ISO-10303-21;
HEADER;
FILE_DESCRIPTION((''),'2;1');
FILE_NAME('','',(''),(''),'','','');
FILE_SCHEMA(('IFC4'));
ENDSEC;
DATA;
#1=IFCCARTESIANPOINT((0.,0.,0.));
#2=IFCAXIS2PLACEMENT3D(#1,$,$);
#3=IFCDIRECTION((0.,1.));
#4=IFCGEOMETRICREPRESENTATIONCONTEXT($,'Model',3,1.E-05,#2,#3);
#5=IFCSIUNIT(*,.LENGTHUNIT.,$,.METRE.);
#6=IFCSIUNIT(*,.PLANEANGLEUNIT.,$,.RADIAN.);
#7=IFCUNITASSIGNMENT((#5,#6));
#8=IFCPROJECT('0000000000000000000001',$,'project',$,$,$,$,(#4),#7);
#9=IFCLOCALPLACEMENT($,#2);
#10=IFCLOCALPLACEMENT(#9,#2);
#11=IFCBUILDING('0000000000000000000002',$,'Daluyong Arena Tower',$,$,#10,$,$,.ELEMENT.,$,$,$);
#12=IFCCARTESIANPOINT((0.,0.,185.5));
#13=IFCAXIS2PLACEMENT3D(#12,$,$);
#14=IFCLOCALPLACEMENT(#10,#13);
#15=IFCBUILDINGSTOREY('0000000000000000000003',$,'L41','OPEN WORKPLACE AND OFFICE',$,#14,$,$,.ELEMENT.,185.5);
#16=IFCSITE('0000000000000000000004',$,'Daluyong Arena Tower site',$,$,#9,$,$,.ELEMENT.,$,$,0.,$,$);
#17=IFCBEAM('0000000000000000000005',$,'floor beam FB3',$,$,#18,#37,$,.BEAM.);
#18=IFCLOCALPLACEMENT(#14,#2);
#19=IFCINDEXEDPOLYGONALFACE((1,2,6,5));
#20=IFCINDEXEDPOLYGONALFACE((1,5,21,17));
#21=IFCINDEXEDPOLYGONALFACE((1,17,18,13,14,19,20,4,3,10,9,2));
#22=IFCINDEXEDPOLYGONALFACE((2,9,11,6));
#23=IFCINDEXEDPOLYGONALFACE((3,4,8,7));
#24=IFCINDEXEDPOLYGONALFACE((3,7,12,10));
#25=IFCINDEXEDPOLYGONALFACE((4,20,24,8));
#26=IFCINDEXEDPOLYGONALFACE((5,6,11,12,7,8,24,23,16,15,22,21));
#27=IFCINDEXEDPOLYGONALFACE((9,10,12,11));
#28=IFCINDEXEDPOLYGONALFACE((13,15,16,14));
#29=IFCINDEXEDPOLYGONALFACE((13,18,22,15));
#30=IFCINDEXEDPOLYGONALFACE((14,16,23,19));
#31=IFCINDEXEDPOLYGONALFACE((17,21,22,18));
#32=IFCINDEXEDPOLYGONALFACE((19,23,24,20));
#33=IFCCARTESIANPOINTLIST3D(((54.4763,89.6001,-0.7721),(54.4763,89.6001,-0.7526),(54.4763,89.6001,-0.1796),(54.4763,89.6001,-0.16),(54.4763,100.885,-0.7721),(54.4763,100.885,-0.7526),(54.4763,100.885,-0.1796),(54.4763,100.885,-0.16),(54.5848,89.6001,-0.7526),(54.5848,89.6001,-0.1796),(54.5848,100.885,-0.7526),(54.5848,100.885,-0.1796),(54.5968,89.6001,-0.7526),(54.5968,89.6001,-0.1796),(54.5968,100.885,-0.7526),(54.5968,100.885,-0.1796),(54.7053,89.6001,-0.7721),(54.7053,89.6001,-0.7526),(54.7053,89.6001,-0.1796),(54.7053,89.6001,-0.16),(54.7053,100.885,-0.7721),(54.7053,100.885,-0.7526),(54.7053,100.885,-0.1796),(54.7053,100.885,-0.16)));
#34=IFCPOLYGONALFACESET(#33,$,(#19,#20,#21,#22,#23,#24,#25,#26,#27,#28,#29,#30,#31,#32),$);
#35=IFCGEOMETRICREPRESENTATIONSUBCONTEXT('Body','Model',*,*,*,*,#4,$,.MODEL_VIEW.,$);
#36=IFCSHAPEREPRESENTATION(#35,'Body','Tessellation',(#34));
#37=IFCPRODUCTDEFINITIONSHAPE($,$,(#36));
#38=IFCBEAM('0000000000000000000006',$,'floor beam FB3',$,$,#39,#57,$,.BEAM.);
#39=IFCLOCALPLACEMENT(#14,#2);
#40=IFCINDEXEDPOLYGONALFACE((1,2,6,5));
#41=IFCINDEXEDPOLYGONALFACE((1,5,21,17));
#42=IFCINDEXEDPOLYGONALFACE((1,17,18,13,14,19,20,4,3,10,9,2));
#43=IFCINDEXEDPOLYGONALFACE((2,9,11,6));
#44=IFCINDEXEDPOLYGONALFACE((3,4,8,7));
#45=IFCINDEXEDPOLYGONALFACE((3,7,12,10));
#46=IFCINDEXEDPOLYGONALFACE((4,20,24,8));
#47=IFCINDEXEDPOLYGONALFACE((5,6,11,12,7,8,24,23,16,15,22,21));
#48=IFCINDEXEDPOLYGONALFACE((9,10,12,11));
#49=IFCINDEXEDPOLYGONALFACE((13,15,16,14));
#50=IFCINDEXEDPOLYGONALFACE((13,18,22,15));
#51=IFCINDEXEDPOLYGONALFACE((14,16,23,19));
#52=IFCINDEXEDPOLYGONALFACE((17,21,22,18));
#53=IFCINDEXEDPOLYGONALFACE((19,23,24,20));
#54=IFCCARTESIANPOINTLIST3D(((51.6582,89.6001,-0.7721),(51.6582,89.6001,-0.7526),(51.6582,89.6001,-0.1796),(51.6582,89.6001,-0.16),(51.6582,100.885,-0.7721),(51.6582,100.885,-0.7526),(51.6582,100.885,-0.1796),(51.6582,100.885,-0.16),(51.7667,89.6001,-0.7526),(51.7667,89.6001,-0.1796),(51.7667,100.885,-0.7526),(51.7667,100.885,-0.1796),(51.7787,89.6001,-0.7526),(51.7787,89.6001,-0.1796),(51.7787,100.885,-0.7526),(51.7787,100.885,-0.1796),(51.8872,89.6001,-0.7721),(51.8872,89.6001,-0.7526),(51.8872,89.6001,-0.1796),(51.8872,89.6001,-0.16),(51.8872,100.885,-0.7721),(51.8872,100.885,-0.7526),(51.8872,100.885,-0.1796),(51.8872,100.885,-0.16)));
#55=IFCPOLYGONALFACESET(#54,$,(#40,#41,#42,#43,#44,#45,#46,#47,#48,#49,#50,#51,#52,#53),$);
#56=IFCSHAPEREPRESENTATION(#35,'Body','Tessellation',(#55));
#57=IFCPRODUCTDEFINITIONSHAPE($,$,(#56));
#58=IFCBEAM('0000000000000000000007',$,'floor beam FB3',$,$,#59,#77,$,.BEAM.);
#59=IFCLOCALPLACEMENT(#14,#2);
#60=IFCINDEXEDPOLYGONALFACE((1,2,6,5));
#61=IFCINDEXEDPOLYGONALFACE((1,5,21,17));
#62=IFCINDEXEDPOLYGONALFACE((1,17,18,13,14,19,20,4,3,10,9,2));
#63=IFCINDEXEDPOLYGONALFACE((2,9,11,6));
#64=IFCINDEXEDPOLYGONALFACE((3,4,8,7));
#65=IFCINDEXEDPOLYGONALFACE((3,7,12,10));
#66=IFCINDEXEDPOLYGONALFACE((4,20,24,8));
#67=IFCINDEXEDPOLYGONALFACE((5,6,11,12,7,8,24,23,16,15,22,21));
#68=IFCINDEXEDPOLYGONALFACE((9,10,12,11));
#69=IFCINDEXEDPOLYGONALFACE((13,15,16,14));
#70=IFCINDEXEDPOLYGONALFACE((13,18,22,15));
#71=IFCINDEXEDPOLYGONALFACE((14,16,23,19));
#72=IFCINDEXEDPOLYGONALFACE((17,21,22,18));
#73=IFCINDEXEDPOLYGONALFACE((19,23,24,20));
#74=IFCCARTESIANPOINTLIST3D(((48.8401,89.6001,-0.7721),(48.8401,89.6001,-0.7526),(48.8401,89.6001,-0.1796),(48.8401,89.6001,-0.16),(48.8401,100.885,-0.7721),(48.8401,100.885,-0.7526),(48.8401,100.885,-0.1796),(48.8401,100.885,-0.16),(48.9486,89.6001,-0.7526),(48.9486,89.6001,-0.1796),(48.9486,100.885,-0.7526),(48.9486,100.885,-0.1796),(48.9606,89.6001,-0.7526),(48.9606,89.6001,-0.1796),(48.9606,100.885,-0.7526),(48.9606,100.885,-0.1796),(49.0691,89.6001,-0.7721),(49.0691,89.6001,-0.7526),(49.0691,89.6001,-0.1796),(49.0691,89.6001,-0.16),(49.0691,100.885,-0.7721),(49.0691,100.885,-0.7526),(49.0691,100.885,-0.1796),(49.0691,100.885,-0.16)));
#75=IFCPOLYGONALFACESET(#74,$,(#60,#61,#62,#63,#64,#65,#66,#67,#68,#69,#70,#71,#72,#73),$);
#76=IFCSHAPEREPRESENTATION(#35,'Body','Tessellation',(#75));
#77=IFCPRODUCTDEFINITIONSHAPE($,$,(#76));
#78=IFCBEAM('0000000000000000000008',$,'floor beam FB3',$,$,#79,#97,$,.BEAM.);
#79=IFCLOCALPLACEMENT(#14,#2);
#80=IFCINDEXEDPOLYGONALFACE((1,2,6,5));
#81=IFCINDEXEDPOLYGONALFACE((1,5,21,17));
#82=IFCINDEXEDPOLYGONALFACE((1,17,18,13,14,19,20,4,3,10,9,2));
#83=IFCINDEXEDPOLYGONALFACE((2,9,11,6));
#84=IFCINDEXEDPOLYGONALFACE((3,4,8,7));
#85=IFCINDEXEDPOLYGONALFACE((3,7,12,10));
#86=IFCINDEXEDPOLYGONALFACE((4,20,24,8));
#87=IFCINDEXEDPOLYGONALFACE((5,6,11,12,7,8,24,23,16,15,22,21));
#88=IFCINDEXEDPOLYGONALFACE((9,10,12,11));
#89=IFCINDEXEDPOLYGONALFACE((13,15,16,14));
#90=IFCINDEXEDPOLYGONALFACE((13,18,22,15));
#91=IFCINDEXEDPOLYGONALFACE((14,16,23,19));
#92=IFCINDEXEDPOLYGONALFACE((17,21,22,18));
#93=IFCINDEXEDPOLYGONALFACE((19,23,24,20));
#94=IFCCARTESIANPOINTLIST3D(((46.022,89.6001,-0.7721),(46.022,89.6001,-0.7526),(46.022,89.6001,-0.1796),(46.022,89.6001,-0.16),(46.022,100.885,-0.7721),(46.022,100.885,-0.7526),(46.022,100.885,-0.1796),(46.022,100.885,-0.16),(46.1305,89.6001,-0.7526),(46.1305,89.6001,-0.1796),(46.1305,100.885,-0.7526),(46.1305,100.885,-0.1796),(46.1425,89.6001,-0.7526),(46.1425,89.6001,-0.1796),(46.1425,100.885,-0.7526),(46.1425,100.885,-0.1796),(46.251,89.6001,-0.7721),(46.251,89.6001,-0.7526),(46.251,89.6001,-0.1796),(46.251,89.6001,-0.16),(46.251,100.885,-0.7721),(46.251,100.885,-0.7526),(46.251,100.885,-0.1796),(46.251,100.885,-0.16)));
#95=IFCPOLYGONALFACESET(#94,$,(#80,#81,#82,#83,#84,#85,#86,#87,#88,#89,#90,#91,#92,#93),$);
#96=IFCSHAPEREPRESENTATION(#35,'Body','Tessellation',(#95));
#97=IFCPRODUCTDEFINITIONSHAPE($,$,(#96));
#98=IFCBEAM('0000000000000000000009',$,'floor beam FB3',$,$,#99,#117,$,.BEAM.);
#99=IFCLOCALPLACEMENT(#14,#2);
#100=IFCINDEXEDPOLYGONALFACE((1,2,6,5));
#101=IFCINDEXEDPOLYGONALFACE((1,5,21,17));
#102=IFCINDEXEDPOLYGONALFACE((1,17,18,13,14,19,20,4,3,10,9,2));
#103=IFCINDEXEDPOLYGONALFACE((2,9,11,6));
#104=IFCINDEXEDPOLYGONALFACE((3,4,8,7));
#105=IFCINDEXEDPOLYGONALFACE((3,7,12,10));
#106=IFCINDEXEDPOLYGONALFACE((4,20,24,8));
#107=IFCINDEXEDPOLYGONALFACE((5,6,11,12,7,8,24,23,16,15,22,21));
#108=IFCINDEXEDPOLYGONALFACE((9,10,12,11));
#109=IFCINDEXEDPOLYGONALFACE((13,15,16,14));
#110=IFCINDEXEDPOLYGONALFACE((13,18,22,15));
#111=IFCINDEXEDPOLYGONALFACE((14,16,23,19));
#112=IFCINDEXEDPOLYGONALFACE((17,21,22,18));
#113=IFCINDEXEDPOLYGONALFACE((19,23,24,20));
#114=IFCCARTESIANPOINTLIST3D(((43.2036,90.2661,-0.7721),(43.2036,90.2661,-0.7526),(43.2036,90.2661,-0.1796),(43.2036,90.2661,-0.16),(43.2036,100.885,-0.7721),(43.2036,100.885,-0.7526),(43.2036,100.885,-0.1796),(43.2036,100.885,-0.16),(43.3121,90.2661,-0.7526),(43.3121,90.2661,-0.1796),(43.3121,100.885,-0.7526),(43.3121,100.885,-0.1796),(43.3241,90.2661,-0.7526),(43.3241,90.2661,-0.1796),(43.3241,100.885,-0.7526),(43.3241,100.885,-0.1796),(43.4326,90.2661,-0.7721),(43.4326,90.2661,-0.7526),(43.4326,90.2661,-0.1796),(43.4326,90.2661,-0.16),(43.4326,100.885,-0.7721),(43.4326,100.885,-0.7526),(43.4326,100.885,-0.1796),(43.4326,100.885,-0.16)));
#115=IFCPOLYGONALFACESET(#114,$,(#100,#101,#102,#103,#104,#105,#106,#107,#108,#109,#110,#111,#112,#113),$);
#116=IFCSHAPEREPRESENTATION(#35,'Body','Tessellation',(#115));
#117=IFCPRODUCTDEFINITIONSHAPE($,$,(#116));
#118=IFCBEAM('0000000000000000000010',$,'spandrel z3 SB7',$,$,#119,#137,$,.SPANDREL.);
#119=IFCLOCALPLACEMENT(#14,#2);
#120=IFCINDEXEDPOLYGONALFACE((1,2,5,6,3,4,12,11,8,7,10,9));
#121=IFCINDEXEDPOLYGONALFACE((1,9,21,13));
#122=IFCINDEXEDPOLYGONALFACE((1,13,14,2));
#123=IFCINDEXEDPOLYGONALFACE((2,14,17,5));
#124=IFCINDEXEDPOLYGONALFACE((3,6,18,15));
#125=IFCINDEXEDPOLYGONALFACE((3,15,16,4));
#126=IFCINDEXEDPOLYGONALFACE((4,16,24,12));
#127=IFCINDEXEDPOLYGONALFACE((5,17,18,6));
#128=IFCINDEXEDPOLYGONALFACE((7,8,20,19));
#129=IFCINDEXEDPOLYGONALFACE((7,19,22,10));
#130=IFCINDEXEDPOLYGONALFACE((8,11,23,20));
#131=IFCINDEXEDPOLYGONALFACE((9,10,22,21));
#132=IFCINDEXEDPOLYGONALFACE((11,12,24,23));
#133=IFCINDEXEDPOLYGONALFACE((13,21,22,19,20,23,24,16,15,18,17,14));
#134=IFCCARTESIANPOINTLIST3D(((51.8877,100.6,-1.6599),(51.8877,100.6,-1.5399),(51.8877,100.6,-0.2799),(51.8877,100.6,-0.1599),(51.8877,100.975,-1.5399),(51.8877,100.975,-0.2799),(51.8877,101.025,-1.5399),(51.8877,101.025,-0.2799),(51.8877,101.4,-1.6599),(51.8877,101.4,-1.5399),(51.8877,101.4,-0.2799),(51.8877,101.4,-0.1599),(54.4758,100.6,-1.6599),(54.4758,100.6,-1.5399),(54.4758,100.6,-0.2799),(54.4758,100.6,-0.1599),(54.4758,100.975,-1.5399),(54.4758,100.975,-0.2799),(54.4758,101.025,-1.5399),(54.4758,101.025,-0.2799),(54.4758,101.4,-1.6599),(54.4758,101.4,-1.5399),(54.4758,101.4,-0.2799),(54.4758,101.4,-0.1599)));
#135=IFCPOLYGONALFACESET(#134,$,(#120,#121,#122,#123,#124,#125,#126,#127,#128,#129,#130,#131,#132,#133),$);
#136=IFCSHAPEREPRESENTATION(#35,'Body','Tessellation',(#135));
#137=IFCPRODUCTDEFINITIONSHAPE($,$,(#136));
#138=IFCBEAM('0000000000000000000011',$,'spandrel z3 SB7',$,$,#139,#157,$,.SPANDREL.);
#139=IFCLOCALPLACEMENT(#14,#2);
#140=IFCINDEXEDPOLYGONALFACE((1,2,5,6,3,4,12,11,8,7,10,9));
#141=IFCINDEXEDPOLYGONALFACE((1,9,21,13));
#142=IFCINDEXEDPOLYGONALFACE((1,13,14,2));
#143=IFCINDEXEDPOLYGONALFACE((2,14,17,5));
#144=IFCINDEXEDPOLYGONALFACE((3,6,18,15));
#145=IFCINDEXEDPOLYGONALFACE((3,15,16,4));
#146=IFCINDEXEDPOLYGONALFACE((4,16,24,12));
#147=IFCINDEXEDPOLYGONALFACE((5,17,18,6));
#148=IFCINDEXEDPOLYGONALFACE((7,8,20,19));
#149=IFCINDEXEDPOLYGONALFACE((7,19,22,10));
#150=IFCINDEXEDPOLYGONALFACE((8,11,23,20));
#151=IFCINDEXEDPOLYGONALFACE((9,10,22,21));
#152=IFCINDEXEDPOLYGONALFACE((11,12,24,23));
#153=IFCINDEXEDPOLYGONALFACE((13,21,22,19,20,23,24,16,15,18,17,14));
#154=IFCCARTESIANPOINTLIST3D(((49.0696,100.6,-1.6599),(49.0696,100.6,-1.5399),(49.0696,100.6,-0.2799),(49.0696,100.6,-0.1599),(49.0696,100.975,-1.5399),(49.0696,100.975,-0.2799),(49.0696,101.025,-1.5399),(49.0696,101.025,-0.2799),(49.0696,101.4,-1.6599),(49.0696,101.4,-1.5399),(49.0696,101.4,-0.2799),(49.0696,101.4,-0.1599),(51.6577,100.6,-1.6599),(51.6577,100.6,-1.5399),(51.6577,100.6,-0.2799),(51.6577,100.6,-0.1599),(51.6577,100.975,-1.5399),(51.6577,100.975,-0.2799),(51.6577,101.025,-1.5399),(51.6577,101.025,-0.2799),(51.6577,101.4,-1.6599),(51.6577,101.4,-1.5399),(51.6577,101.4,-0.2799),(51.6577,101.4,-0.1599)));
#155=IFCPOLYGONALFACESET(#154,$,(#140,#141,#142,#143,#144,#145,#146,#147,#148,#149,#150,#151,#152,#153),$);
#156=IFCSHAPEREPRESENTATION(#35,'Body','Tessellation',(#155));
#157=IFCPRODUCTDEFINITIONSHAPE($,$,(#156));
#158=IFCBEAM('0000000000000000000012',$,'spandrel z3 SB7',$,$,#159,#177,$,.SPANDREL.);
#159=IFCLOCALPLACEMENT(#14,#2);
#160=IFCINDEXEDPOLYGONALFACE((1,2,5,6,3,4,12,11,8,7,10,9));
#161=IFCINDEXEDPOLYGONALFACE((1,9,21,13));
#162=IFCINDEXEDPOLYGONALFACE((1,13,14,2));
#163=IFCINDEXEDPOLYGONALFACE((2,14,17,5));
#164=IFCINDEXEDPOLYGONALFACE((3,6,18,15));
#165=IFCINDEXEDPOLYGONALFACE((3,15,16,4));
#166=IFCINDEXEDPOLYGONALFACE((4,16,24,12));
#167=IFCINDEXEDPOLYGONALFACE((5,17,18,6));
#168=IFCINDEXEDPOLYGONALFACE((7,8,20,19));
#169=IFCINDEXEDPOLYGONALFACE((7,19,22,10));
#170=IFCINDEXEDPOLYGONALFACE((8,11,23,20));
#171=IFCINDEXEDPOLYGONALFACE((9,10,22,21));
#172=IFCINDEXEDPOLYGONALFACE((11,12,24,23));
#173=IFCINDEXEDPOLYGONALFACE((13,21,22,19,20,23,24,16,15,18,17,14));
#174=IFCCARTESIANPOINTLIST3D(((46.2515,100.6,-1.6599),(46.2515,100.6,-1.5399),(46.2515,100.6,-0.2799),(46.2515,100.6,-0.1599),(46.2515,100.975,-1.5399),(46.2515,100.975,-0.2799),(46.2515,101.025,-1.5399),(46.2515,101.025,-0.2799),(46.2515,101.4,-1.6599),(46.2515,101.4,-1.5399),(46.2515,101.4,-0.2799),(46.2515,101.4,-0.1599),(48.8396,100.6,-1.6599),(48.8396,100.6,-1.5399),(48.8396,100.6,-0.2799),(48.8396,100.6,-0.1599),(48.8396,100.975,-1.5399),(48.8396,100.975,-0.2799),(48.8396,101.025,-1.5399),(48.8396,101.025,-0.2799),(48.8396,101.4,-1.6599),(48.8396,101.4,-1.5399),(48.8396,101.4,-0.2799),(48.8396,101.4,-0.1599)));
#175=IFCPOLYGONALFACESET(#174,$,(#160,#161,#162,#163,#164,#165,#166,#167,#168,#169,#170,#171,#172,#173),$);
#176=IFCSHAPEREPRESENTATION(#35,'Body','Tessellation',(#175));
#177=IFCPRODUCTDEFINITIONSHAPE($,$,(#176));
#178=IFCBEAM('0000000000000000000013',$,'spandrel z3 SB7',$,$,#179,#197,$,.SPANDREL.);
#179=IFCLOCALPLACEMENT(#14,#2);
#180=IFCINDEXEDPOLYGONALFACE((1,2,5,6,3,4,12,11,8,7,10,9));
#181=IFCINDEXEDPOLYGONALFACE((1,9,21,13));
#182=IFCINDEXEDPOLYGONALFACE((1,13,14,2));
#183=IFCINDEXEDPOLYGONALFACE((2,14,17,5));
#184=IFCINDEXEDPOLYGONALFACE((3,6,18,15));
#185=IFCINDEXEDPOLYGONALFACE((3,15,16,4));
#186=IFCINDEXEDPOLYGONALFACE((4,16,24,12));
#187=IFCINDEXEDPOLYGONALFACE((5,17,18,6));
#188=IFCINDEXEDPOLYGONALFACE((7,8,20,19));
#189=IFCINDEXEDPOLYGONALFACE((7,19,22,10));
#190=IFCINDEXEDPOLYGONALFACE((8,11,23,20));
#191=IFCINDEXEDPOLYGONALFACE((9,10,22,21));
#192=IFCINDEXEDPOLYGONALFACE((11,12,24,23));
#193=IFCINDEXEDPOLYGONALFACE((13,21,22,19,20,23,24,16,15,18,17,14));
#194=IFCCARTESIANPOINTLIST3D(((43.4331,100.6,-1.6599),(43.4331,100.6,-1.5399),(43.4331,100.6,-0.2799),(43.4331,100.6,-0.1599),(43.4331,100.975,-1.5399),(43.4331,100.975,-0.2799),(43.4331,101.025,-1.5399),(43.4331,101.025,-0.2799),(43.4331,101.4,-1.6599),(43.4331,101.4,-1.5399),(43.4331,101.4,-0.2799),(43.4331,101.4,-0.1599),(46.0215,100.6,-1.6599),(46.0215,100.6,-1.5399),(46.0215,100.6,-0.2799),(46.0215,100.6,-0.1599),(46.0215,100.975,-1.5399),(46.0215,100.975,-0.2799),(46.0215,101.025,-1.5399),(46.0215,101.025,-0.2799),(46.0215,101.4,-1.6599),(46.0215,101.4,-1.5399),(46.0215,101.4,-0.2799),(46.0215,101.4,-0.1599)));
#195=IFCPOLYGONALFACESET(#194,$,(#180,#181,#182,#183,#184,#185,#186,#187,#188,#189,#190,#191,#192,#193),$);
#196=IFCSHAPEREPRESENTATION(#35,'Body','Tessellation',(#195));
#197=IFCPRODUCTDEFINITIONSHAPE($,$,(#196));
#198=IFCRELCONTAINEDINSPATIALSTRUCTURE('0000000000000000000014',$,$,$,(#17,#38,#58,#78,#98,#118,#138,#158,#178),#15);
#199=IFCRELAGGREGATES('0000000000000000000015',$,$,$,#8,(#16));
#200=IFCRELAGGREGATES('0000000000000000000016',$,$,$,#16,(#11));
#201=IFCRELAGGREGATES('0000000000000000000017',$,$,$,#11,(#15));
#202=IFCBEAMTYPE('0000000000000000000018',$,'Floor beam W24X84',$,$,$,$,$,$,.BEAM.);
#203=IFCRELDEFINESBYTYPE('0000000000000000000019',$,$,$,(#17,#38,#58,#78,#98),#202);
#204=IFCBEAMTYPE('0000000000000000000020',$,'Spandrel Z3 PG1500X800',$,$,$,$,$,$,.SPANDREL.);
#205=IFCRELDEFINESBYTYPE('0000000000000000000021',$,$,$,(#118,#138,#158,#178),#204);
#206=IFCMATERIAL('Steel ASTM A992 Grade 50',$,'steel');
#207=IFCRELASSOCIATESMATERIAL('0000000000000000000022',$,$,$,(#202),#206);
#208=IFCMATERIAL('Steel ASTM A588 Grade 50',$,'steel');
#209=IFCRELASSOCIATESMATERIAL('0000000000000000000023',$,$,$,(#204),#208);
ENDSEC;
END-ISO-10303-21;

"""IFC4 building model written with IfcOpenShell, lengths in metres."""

from ifc_helpers import new_model, si_unit, direction, frame, origin, origin_2d, place, context, subcontext, project, spatial, i_section, extrude, material, material_profile, profile_set, type_object, element, save


model = new_model("IFC4")

# Units and contexts
model_context = context("Model", 3, precision=1e-05, world=origin(), true_north=direction((0.0, 1.0)))
body_context = subcontext(model_context, "Body", "Model", "MODEL_VIEW")
ifc_project = project(units=[si_unit("LENGTHUNIT", "METRE"), si_unit("PLANEANGLEUNIT", "RADIAN")], contexts=[model_context])

# Site, building, storey
site_placement = place(None, origin())
site = spatial("IfcSite", under=ifc_project, at=site_placement, Name="Daluyong Arena Tower site", CompositionType="ELEMENT", RefElevation=0.0)
building_placement = place(site_placement, origin())
building = spatial("IfcBuilding", under=site, at=building_placement, Name="Daluyong Arena Tower", CompositionType="ELEMENT")
storey_placement = place(building_placement, frame((0.0, 0.0, 185.5)))
storey = spatial("IfcBuildingStorey", under=building, at=storey_placement, Name="L41", Description="OPEN WORKPLACE AND OFFICE", CompositionType="ELEMENT", Elevation=185.5)

# Beams
ifc_material_1 = material(Name="Steel ASTM A992 Grade 50", Category="steel")
ifc_material_profile_1 = material_profile(ifc_material_1, i_section(OverallWidth=0.229, OverallDepth=0.6121, WebThickness=0.012, FlangeThickness=0.0195, at=origin_2d()))
ifc_profile_set_1 = profile_set([ifc_material_profile_1], Name="Steel ASTM A992 Grade 50")
beam_type_1 = type_object("IfcBeamType", Name="Floor beam W24X84", PredefinedType="BEAM", material=ifc_profile_set_1)
for number, where, z_axis, x_axis, name in (
    (1, (54.5908, 100.885, -0.4661), (0.0, -1.0, 0.0), (1.0, 0.0, 0.0), "floor beam FB3"),
    (2, (51.7727, 100.885, -0.4661), (0.0, -1.0, 0.0), (1.0, 0.0, 0.0), "floor beam FB3"),
    (3, (48.9546, 100.885, -0.4661), (0.0, -1.0, 0.0), (1.0, 0.0, 0.0), "floor beam FB3"),
    (4, (46.1365, 100.885, -0.4661), (0.0, -1.0, 0.0), (1.0, 0.0, 0.0), "floor beam FB3"),
):
    element("IfcBeam", number, at=place(storey_placement, frame(where, z_axis=z_axis, x_axis=x_axis)), inside=storey, type_object=beam_type_1, Name=name, PredefinedType="BEAM", context=body_context, shape_type="SweptSolid", body=[
        extrude(i_section(OverallWidth=0.229, OverallDepth=0.6121, WebThickness=0.012, FlangeThickness=0.0195, at=origin_2d()), origin(), (0.0, 0.0, 1.0), 11.2849),
    ])
beam_1_placement = place(storey_placement, frame((43.3181, 100.885, -0.4661), z_axis=(0.0, -1.0, 0.0), x_axis=(1.0, 0.0, 0.0)))
element("IfcBeam", 5, at=beam_1_placement, inside=storey, type_object=beam_type_1, Name="floor beam FB3", PredefinedType="BEAM", context=body_context, shape_type="SweptSolid", body=[
    extrude(i_section(OverallWidth=0.229, OverallDepth=0.6121, WebThickness=0.012, FlangeThickness=0.0195, at=origin_2d()), origin(), (0.0, 0.0, 1.0), 10.6189),
])
ifc_material_2 = material(Name="Steel ASTM A588 Grade 50", Category="steel")
ifc_material_profile_2 = material_profile(ifc_material_2, i_section(OverallWidth=0.8, OverallDepth=1.5, WebThickness=0.05, FlangeThickness=0.12, at=origin_2d()))
ifc_profile_set_2 = profile_set([ifc_material_profile_2], Name="Steel ASTM A588 Grade 50")
beam_type_2 = type_object("IfcBeamType", Name="Spandrel Z3 PG1500X800", PredefinedType="SPANDREL", material=ifc_profile_set_2)
for number, where, z_axis, x_axis, name in (
    (6, (54.4758, 101.0, -0.9099), (-1.0, 0.0, 0.0), (0.0, -1.0, 0.0), "spandrel z3 SB7"),
    (7, (51.6577, 101.0, -0.9099), (-1.0, 0.0, 0.0), (0.0, -1.0, 0.0), "spandrel z3 SB7"),
    (8, (48.8396, 101.0, -0.9099), (-1.0, 0.0, 0.0), (0.0, -1.0, 0.0), "spandrel z3 SB7"),
):
    element("IfcBeam", number, at=place(storey_placement, frame(where, z_axis=z_axis, x_axis=x_axis)), inside=storey, type_object=beam_type_2, Name=name, PredefinedType="SPANDREL", context=body_context, shape_type="SweptSolid", body=[
        extrude(i_section(OverallWidth=0.8, OverallDepth=1.5, WebThickness=0.05, FlangeThickness=0.12, at=origin_2d()), origin(), (0.0, 0.0, 1.0), 2.5881),
    ])
beam_2_placement = place(storey_placement, frame((46.0215, 101.0, -0.9099), z_axis=(-1.0, 0.0, 0.0), x_axis=(0.0, -1.0, 0.0)))
element("IfcBeam", 9, at=beam_2_placement, inside=storey, type_object=beam_type_2, Name="spandrel z3 SB7", PredefinedType="SPANDREL", context=body_context, shape_type="SweptSolid", body=[
    extrude(i_section(OverallWidth=0.8, OverallDepth=1.5, WebThickness=0.05, FlangeThickness=0.12, at=origin_2d()), origin(), (0.0, 0.0, 1.0), 2.5884),
])

save(model, "model.ifc")
